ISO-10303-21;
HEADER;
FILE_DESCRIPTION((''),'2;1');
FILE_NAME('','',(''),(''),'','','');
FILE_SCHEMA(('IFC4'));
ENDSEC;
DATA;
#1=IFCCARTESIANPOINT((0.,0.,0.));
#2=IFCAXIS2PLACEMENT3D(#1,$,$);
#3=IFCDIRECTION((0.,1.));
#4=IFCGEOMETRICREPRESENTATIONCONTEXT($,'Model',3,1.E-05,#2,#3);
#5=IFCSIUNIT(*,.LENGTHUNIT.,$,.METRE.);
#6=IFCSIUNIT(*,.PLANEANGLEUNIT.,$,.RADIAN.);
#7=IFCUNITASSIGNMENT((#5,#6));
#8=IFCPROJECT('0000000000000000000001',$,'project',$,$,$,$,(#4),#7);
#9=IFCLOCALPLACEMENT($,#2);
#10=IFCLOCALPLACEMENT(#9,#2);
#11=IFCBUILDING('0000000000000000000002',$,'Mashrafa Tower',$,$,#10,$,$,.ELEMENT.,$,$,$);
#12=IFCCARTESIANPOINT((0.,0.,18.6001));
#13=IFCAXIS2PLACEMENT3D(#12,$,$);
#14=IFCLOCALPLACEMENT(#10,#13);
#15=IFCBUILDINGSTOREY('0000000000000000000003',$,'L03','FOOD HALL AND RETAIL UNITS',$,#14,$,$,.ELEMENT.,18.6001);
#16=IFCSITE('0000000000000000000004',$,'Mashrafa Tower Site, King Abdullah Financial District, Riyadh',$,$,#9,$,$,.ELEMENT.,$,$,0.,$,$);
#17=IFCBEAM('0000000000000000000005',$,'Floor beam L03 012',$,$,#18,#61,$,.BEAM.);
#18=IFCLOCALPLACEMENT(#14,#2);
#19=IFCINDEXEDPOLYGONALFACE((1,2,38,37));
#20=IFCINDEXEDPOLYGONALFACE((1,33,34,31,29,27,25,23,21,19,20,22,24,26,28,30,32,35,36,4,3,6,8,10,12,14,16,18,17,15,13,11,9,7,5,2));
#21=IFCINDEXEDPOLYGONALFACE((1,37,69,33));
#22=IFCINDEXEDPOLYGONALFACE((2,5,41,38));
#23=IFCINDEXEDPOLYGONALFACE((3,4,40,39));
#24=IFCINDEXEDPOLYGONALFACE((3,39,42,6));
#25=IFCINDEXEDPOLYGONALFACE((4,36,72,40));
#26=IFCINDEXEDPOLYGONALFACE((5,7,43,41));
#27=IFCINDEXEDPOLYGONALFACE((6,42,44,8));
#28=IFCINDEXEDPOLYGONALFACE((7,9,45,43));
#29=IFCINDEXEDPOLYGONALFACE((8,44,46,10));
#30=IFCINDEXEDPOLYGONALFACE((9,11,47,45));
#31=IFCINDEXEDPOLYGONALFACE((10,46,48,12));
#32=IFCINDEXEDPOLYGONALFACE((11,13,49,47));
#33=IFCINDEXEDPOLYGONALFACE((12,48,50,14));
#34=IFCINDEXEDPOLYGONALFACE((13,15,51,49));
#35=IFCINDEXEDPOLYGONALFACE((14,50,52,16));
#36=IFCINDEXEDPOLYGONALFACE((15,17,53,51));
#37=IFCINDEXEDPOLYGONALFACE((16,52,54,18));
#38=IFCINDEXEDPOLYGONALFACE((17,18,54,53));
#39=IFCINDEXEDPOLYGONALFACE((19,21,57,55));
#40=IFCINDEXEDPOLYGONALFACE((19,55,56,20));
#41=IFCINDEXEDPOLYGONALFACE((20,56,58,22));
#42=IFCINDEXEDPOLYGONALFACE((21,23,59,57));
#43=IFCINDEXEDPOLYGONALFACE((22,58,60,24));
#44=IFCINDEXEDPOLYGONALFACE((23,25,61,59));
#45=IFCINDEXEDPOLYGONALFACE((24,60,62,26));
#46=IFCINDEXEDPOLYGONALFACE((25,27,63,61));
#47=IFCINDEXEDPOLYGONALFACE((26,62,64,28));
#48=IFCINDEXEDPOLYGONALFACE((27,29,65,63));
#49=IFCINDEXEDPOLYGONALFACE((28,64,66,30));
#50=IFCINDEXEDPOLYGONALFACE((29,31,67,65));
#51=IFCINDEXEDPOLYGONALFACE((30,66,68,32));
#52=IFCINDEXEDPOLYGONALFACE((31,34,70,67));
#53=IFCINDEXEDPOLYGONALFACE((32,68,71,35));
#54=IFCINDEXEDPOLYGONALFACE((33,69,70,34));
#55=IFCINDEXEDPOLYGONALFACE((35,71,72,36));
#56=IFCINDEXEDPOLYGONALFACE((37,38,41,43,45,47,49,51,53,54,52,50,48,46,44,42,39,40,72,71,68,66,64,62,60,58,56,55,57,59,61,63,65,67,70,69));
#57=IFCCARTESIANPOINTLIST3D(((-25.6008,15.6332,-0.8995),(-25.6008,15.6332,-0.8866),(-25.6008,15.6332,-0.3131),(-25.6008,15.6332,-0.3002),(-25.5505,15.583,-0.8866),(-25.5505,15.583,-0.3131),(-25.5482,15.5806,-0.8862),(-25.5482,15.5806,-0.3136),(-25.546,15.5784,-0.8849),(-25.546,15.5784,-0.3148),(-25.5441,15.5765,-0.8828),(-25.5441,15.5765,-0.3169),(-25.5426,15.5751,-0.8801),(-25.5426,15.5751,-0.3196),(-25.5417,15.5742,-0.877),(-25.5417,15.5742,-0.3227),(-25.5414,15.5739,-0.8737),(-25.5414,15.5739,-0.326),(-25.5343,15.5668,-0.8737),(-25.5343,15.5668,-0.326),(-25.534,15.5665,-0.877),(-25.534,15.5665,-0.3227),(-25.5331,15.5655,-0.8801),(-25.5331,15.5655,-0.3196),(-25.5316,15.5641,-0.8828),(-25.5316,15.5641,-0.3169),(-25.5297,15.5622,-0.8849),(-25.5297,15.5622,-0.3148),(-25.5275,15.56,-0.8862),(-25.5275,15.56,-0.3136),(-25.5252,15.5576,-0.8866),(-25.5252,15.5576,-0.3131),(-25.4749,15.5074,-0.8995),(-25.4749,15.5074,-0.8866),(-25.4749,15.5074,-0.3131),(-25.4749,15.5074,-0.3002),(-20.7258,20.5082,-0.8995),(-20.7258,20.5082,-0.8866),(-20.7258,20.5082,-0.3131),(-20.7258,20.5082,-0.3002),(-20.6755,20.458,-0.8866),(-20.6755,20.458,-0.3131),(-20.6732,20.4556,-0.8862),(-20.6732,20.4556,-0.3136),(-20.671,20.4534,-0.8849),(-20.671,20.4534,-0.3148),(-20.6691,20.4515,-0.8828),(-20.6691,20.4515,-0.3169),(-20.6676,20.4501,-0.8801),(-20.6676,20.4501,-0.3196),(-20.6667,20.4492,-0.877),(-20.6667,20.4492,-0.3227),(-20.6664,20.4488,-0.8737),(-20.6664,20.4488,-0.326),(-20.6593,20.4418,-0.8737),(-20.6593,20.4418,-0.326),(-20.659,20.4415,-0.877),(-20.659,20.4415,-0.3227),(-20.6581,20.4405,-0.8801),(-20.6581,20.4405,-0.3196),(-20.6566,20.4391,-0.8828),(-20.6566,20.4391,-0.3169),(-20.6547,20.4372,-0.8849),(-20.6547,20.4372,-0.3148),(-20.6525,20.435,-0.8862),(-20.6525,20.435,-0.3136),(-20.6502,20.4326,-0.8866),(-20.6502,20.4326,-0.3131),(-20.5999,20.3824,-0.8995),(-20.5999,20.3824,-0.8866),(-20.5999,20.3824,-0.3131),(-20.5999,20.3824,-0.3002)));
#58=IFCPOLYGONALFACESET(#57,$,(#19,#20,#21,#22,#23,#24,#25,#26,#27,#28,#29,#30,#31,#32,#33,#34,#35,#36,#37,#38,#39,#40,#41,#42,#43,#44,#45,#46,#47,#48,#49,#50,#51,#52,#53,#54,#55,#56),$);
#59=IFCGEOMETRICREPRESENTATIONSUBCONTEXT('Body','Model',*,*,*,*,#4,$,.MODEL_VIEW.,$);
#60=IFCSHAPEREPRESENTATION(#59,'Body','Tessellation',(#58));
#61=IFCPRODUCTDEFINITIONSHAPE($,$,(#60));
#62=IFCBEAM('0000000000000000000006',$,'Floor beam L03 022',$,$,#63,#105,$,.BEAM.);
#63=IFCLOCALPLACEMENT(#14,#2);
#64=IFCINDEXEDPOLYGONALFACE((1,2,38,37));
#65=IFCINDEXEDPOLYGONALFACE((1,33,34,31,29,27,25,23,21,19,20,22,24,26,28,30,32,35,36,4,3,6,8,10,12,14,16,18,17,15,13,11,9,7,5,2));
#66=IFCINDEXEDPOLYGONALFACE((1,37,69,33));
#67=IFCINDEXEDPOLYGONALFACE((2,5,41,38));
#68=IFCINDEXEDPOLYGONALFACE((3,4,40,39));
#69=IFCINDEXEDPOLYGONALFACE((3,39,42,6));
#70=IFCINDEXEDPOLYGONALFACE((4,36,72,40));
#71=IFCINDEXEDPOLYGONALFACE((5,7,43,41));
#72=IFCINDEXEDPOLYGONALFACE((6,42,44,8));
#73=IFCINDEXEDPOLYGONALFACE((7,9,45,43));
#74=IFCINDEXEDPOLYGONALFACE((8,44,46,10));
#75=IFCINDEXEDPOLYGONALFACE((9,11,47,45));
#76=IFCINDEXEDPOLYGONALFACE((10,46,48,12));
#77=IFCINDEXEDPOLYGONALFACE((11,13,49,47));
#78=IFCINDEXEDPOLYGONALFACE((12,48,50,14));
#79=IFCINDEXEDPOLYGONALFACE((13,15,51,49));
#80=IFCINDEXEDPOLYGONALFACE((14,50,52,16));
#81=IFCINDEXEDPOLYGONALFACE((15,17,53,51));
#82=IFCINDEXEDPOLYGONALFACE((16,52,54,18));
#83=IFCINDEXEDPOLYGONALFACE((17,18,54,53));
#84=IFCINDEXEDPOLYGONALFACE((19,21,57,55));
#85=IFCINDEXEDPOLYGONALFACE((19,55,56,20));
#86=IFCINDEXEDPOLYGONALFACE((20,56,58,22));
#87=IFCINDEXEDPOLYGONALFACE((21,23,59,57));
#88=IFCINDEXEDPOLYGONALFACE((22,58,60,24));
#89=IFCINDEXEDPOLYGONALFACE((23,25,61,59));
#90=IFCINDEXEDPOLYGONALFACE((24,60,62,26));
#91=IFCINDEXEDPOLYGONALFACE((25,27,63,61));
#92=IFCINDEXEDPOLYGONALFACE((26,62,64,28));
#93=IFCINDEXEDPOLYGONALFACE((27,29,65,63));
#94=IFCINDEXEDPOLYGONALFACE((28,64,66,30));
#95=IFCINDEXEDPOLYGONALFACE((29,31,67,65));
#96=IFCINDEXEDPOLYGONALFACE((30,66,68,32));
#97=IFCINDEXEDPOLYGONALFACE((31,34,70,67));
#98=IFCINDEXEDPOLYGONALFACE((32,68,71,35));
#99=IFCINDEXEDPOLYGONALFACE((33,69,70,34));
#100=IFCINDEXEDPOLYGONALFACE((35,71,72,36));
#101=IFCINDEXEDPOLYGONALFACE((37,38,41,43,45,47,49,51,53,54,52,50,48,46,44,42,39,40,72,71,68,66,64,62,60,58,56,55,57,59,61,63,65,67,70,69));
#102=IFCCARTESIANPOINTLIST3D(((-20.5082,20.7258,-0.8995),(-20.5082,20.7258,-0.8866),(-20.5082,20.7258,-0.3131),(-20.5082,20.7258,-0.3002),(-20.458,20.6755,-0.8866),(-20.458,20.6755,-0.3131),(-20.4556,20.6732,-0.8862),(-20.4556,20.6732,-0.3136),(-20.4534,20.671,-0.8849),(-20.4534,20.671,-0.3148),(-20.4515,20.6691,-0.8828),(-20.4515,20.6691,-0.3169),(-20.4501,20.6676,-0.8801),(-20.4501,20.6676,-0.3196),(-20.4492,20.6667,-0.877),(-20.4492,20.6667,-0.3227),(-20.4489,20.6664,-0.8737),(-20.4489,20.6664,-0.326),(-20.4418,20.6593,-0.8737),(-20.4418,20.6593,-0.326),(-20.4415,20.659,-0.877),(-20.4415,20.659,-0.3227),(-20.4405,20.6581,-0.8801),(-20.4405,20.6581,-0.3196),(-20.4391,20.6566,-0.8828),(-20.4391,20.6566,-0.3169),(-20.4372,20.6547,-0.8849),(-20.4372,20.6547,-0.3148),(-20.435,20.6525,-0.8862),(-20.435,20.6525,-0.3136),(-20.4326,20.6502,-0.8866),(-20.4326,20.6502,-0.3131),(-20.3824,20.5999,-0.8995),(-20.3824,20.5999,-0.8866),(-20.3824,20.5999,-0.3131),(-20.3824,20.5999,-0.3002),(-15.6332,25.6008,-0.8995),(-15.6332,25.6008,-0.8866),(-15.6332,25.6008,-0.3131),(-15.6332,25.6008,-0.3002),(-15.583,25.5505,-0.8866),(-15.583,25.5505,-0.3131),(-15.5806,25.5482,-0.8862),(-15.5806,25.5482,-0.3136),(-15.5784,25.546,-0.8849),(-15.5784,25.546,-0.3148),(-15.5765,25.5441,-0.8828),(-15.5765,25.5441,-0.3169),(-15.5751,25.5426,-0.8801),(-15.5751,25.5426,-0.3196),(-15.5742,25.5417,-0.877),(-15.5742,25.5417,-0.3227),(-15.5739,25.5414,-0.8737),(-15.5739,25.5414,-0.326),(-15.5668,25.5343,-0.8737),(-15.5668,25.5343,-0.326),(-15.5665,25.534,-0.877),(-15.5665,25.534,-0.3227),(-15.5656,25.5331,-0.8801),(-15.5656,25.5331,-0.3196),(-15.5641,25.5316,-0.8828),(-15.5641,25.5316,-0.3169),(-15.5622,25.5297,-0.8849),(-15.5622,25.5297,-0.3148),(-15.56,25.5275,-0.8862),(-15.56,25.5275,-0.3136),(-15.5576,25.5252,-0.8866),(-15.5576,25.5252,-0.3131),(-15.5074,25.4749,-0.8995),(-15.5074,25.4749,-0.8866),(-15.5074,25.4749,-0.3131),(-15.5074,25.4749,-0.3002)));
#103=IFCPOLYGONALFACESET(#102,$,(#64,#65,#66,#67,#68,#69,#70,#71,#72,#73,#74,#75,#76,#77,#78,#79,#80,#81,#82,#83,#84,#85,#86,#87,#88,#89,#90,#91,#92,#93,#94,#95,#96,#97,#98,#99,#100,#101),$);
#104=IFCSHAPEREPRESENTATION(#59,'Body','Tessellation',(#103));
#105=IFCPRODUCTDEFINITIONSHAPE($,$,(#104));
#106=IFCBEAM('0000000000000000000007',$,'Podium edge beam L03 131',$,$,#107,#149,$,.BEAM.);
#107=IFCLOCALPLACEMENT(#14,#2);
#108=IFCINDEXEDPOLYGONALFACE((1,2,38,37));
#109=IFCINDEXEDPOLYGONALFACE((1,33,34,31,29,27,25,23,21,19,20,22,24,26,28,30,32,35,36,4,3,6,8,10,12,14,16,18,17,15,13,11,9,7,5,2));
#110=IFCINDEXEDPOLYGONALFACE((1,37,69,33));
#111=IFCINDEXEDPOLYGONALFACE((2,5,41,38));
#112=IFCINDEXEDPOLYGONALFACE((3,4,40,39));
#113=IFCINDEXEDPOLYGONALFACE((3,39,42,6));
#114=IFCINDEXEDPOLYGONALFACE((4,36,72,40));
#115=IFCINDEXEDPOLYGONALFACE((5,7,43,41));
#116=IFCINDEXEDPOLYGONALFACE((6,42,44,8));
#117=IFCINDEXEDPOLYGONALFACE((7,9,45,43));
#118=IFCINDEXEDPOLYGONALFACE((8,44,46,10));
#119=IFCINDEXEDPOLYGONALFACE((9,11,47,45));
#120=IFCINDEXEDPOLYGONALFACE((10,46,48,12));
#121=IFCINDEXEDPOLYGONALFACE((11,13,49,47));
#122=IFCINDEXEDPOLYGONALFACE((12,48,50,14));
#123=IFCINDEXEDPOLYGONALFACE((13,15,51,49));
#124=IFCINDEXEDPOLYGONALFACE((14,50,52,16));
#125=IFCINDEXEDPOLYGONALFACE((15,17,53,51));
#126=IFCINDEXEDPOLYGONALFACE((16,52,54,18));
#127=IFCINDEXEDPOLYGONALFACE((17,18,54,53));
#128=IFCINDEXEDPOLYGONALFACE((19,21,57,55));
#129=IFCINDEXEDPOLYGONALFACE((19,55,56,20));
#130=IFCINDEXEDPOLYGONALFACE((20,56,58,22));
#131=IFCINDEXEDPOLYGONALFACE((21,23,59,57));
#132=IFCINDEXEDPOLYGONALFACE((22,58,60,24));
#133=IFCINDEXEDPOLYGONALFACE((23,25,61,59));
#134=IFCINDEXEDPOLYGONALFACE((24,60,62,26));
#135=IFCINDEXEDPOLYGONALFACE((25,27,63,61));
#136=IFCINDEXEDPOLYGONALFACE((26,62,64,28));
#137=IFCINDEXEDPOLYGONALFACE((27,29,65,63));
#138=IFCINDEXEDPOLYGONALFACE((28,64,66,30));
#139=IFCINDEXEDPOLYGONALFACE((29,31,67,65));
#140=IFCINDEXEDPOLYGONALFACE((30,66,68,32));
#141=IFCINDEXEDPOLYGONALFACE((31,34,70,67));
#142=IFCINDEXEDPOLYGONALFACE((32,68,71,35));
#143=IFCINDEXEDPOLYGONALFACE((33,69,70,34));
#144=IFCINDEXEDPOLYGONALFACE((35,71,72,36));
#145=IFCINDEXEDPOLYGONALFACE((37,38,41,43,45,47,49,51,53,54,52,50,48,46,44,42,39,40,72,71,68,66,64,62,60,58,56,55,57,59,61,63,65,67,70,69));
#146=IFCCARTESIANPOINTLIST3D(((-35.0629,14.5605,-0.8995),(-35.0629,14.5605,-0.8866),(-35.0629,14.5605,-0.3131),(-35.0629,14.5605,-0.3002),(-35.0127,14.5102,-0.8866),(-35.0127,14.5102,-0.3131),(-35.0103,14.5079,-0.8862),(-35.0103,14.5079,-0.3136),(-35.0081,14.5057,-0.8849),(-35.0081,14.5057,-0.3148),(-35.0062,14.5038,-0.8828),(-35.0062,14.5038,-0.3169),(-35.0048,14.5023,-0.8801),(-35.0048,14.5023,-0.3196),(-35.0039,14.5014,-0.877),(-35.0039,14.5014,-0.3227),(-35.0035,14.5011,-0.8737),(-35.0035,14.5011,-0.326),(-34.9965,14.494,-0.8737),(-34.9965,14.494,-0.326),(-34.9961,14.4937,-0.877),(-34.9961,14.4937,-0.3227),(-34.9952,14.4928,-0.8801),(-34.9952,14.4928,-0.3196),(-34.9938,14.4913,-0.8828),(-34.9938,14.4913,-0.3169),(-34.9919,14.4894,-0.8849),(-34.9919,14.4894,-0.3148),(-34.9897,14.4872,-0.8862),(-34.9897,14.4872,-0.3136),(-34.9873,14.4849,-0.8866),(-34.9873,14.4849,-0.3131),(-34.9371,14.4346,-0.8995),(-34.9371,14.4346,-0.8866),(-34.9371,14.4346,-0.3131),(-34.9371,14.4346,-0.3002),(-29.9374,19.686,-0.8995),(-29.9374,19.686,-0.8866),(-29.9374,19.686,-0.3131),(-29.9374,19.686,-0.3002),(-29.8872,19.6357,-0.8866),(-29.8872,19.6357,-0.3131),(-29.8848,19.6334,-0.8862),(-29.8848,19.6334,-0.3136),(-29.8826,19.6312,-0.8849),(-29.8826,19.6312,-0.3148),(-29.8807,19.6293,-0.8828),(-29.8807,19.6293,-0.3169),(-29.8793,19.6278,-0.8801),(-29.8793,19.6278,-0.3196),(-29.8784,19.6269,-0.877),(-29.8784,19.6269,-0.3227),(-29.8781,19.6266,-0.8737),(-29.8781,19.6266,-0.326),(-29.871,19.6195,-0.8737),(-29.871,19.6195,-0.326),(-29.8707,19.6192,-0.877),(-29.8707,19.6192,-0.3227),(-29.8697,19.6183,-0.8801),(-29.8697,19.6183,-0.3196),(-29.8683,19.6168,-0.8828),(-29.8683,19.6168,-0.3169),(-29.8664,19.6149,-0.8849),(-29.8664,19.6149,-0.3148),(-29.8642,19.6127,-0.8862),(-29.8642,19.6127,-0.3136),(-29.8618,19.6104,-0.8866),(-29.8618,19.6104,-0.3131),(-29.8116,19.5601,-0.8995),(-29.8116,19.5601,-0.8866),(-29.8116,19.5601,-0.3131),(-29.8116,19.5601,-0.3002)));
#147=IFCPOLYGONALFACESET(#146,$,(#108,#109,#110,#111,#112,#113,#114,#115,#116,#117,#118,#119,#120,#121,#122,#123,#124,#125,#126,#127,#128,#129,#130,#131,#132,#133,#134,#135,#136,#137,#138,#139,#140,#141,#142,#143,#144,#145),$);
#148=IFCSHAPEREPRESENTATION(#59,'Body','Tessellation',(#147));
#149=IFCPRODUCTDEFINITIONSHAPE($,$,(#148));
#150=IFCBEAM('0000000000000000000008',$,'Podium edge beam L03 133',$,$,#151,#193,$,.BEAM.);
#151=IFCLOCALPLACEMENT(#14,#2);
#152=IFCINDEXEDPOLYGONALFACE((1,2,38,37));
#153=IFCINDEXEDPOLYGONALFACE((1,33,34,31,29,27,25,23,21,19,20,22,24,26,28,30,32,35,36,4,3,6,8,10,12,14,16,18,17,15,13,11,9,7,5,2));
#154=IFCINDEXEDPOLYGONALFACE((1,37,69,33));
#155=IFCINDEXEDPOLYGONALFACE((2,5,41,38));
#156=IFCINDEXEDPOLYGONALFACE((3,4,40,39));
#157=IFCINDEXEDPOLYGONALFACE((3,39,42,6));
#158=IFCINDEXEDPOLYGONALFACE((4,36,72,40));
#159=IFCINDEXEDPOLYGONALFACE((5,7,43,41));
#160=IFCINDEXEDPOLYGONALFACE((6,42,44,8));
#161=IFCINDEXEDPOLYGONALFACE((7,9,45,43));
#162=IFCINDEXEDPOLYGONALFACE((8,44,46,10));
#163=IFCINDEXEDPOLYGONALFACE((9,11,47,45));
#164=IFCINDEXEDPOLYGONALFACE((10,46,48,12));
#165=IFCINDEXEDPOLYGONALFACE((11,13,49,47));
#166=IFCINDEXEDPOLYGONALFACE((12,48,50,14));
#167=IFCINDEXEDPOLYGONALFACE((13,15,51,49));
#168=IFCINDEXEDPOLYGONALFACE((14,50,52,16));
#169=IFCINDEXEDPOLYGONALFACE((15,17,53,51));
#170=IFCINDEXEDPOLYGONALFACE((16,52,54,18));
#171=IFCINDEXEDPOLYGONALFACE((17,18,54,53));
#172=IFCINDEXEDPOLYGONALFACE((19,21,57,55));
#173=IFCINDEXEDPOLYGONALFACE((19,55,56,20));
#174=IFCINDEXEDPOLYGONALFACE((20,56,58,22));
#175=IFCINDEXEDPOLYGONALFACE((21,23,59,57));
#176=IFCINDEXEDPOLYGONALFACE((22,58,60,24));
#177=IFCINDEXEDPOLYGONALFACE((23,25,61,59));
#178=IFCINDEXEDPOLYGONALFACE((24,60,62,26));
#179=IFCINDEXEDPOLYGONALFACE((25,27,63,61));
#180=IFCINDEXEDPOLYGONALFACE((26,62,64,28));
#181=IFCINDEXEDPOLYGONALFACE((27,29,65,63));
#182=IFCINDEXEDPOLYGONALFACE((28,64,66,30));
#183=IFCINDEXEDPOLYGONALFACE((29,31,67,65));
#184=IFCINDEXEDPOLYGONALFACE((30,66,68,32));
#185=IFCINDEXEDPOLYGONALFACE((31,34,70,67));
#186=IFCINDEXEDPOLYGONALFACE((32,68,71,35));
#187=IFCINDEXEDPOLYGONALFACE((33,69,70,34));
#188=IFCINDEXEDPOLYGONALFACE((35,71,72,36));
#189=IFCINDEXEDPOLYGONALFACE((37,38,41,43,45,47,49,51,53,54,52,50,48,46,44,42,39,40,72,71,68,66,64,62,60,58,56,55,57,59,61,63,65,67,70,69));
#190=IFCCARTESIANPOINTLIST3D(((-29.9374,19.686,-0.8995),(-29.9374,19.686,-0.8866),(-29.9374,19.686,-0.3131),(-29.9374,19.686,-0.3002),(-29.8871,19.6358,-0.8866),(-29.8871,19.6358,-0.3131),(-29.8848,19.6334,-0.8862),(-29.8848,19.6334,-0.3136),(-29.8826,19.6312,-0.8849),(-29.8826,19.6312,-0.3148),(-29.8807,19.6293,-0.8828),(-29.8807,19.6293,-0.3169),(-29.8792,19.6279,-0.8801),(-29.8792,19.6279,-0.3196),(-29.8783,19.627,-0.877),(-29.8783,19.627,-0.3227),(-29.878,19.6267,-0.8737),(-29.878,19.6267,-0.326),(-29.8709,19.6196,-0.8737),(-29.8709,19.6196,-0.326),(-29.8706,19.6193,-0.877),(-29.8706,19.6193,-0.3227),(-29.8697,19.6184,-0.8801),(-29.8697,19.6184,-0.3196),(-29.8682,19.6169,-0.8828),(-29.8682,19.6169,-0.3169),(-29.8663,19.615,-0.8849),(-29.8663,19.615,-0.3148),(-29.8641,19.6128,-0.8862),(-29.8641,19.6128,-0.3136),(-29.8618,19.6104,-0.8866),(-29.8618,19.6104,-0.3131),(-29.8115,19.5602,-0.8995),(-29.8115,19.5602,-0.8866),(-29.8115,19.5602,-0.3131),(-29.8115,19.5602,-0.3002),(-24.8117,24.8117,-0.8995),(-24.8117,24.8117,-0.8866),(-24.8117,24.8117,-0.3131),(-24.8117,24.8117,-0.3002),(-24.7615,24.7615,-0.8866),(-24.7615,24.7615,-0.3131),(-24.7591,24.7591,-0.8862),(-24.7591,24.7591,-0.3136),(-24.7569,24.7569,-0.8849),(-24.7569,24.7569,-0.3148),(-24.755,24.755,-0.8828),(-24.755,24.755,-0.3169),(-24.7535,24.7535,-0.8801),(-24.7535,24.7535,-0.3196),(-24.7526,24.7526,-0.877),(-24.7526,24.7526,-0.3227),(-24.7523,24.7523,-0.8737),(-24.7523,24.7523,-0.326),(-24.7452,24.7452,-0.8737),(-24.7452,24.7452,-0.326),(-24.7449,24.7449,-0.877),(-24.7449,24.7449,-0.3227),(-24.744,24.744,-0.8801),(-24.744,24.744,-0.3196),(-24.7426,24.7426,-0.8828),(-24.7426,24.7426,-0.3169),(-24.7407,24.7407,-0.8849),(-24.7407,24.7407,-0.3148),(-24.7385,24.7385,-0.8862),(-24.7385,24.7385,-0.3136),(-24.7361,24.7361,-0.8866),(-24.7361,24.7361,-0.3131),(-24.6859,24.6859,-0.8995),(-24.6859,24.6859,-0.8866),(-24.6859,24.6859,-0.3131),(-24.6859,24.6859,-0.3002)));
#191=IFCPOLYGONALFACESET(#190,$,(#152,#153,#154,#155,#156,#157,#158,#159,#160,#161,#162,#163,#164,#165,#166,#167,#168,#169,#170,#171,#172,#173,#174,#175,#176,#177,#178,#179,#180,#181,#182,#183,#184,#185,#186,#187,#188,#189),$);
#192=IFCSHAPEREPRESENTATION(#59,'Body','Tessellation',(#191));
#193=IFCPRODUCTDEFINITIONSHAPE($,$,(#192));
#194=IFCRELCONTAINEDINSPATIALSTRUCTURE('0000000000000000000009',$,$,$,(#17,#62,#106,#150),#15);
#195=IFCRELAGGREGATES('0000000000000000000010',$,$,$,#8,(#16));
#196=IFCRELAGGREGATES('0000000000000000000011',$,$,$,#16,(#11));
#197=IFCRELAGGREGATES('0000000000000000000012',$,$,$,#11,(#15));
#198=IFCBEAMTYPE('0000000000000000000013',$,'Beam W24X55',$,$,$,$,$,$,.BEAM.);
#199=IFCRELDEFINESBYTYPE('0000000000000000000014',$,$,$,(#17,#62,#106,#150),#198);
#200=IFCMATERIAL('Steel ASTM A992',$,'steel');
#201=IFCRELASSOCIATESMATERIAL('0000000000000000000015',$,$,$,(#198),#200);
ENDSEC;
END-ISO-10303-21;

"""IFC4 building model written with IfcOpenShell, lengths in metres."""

from ifc_helpers import new_model, si_unit, direction, frame, origin, origin_2d, place, context, subcontext, project, spatial, i_section, extrude, material, material_profile, profile_set, type_object, element, save


model = new_model("IFC4")

# Units and contexts
model_context = context("Model", 3, precision=1e-05, world=origin(), true_north=direction((0.0, 1.0)))
body_context = subcontext(model_context, "Body", "Model", "MODEL_VIEW")
ifc_project = project(units=[si_unit("LENGTHUNIT", "METRE"), si_unit("PLANEANGLEUNIT", "RADIAN")], contexts=[model_context])

# Site, building, storey
site_placement = place(None, origin())
site = spatial("IfcSite", under=ifc_project, at=site_placement, Name="Mashrafa Tower Site, King Abdullah Financial District, Riyadh", CompositionType="ELEMENT", RefElevation=0.0)
building_placement = place(site_placement, origin())
building = spatial("IfcBuilding", under=site, at=building_placement, Name="Mashrafa Tower", CompositionType="ELEMENT")
storey_placement = place(building_placement, frame((0.0, 0.0, 18.6001)))
storey = spatial("IfcBuildingStorey", under=building, at=storey_placement, Name="L03", Description="FOOD HALL AND RETAIL UNITS", CompositionType="ELEMENT", Elevation=18.6001)

# Beams
ifc_material_1 = material(Name="Steel ASTM A992", Category="steel")
ifc_material_profile_1 = material_profile(ifc_material_1, i_section(OverallWidth=0.178, OverallDepth=0.5994, WebThickness=0.01, FlangeThickness=0.0129, FilletRadius=0.0129, at=origin_2d()), Name="W24X55")
ifc_profile_set_1 = profile_set([ifc_material_profile_1], Name="Steel ASTM A992")
beam_type_1 = type_object("IfcBeamType", Name="Beam W24X55", PredefinedType="BEAM", material=ifc_profile_set_1)
for number, where, z_axis, x_axis, name in (
    (1, (-25.5378, 15.5703, -0.5999), (0.707107, 0.707107, 0.0), (-0.707107, 0.707107, 0.0), "Floor beam L03 012"),
    (2, (-20.4453, 20.6628, -0.5999), (0.707107, 0.707107, 0.0), (-0.707107, 0.707107, 0.0), "Floor beam L03 022"),
):
    element("IfcBeam", number, at=place(storey_placement, frame(where, z_axis=z_axis, x_axis=x_axis)), inside=storey, type_object=beam_type_1, Name=name, PredefinedType="BEAM", context=body_context, shape_type="SweptSolid", body=[
        extrude(i_section(OverallWidth=0.178, OverallDepth=0.5994, WebThickness=0.01, FlangeThickness=0.0129, FilletRadius=0.0129, at=origin_2d()), origin(), (0.0, 0.0, 1.0), 6.8943),
    ])
beam_1_placement = place(storey_placement, frame((-29.8745, 19.623, -0.5999), z_axis=(-0.707107, -0.707107, 0.0), x_axis=(0.707107, -0.707107, 0.0)))
element("IfcBeam", 3, at=beam_1_placement, inside=storey, type_object=beam_type_1, Name="Podium edge beam L03 131", PredefinedType="BEAM", context=body_context, shape_type="SweptSolid", body=[
    extrude(i_section(OverallWidth=0.178, OverallDepth=0.5994, WebThickness=0.01, FlangeThickness=0.0129, FilletRadius=0.0129, at=origin_2d()), origin(), (0.0, 0.0, 1.0), 7.2485),
])
for number, where, z_axis, x_axis, name in (
    (4, (-24.7488, 24.7488, -0.5999), (-0.707107, -0.707107, 0.0), (0.707107, -0.707107, 0.0), "Podium edge beam L03 133"),
):
    element("IfcBeam", number, at=place(storey_placement, frame(where, z_axis=z_axis, x_axis=x_axis)), inside=storey, type_object=beam_type_1, Name=name, PredefinedType="BEAM", context=body_context, shape_type="SweptSolid", body=[
        extrude(i_section(OverallWidth=0.178, OverallDepth=0.5994, WebThickness=0.01, FlangeThickness=0.0129, FilletRadius=0.0129, at=origin_2d()), origin(), (0.0, 0.0, 1.0), 7.2488),
    ])

save(model, "model.ifc")
